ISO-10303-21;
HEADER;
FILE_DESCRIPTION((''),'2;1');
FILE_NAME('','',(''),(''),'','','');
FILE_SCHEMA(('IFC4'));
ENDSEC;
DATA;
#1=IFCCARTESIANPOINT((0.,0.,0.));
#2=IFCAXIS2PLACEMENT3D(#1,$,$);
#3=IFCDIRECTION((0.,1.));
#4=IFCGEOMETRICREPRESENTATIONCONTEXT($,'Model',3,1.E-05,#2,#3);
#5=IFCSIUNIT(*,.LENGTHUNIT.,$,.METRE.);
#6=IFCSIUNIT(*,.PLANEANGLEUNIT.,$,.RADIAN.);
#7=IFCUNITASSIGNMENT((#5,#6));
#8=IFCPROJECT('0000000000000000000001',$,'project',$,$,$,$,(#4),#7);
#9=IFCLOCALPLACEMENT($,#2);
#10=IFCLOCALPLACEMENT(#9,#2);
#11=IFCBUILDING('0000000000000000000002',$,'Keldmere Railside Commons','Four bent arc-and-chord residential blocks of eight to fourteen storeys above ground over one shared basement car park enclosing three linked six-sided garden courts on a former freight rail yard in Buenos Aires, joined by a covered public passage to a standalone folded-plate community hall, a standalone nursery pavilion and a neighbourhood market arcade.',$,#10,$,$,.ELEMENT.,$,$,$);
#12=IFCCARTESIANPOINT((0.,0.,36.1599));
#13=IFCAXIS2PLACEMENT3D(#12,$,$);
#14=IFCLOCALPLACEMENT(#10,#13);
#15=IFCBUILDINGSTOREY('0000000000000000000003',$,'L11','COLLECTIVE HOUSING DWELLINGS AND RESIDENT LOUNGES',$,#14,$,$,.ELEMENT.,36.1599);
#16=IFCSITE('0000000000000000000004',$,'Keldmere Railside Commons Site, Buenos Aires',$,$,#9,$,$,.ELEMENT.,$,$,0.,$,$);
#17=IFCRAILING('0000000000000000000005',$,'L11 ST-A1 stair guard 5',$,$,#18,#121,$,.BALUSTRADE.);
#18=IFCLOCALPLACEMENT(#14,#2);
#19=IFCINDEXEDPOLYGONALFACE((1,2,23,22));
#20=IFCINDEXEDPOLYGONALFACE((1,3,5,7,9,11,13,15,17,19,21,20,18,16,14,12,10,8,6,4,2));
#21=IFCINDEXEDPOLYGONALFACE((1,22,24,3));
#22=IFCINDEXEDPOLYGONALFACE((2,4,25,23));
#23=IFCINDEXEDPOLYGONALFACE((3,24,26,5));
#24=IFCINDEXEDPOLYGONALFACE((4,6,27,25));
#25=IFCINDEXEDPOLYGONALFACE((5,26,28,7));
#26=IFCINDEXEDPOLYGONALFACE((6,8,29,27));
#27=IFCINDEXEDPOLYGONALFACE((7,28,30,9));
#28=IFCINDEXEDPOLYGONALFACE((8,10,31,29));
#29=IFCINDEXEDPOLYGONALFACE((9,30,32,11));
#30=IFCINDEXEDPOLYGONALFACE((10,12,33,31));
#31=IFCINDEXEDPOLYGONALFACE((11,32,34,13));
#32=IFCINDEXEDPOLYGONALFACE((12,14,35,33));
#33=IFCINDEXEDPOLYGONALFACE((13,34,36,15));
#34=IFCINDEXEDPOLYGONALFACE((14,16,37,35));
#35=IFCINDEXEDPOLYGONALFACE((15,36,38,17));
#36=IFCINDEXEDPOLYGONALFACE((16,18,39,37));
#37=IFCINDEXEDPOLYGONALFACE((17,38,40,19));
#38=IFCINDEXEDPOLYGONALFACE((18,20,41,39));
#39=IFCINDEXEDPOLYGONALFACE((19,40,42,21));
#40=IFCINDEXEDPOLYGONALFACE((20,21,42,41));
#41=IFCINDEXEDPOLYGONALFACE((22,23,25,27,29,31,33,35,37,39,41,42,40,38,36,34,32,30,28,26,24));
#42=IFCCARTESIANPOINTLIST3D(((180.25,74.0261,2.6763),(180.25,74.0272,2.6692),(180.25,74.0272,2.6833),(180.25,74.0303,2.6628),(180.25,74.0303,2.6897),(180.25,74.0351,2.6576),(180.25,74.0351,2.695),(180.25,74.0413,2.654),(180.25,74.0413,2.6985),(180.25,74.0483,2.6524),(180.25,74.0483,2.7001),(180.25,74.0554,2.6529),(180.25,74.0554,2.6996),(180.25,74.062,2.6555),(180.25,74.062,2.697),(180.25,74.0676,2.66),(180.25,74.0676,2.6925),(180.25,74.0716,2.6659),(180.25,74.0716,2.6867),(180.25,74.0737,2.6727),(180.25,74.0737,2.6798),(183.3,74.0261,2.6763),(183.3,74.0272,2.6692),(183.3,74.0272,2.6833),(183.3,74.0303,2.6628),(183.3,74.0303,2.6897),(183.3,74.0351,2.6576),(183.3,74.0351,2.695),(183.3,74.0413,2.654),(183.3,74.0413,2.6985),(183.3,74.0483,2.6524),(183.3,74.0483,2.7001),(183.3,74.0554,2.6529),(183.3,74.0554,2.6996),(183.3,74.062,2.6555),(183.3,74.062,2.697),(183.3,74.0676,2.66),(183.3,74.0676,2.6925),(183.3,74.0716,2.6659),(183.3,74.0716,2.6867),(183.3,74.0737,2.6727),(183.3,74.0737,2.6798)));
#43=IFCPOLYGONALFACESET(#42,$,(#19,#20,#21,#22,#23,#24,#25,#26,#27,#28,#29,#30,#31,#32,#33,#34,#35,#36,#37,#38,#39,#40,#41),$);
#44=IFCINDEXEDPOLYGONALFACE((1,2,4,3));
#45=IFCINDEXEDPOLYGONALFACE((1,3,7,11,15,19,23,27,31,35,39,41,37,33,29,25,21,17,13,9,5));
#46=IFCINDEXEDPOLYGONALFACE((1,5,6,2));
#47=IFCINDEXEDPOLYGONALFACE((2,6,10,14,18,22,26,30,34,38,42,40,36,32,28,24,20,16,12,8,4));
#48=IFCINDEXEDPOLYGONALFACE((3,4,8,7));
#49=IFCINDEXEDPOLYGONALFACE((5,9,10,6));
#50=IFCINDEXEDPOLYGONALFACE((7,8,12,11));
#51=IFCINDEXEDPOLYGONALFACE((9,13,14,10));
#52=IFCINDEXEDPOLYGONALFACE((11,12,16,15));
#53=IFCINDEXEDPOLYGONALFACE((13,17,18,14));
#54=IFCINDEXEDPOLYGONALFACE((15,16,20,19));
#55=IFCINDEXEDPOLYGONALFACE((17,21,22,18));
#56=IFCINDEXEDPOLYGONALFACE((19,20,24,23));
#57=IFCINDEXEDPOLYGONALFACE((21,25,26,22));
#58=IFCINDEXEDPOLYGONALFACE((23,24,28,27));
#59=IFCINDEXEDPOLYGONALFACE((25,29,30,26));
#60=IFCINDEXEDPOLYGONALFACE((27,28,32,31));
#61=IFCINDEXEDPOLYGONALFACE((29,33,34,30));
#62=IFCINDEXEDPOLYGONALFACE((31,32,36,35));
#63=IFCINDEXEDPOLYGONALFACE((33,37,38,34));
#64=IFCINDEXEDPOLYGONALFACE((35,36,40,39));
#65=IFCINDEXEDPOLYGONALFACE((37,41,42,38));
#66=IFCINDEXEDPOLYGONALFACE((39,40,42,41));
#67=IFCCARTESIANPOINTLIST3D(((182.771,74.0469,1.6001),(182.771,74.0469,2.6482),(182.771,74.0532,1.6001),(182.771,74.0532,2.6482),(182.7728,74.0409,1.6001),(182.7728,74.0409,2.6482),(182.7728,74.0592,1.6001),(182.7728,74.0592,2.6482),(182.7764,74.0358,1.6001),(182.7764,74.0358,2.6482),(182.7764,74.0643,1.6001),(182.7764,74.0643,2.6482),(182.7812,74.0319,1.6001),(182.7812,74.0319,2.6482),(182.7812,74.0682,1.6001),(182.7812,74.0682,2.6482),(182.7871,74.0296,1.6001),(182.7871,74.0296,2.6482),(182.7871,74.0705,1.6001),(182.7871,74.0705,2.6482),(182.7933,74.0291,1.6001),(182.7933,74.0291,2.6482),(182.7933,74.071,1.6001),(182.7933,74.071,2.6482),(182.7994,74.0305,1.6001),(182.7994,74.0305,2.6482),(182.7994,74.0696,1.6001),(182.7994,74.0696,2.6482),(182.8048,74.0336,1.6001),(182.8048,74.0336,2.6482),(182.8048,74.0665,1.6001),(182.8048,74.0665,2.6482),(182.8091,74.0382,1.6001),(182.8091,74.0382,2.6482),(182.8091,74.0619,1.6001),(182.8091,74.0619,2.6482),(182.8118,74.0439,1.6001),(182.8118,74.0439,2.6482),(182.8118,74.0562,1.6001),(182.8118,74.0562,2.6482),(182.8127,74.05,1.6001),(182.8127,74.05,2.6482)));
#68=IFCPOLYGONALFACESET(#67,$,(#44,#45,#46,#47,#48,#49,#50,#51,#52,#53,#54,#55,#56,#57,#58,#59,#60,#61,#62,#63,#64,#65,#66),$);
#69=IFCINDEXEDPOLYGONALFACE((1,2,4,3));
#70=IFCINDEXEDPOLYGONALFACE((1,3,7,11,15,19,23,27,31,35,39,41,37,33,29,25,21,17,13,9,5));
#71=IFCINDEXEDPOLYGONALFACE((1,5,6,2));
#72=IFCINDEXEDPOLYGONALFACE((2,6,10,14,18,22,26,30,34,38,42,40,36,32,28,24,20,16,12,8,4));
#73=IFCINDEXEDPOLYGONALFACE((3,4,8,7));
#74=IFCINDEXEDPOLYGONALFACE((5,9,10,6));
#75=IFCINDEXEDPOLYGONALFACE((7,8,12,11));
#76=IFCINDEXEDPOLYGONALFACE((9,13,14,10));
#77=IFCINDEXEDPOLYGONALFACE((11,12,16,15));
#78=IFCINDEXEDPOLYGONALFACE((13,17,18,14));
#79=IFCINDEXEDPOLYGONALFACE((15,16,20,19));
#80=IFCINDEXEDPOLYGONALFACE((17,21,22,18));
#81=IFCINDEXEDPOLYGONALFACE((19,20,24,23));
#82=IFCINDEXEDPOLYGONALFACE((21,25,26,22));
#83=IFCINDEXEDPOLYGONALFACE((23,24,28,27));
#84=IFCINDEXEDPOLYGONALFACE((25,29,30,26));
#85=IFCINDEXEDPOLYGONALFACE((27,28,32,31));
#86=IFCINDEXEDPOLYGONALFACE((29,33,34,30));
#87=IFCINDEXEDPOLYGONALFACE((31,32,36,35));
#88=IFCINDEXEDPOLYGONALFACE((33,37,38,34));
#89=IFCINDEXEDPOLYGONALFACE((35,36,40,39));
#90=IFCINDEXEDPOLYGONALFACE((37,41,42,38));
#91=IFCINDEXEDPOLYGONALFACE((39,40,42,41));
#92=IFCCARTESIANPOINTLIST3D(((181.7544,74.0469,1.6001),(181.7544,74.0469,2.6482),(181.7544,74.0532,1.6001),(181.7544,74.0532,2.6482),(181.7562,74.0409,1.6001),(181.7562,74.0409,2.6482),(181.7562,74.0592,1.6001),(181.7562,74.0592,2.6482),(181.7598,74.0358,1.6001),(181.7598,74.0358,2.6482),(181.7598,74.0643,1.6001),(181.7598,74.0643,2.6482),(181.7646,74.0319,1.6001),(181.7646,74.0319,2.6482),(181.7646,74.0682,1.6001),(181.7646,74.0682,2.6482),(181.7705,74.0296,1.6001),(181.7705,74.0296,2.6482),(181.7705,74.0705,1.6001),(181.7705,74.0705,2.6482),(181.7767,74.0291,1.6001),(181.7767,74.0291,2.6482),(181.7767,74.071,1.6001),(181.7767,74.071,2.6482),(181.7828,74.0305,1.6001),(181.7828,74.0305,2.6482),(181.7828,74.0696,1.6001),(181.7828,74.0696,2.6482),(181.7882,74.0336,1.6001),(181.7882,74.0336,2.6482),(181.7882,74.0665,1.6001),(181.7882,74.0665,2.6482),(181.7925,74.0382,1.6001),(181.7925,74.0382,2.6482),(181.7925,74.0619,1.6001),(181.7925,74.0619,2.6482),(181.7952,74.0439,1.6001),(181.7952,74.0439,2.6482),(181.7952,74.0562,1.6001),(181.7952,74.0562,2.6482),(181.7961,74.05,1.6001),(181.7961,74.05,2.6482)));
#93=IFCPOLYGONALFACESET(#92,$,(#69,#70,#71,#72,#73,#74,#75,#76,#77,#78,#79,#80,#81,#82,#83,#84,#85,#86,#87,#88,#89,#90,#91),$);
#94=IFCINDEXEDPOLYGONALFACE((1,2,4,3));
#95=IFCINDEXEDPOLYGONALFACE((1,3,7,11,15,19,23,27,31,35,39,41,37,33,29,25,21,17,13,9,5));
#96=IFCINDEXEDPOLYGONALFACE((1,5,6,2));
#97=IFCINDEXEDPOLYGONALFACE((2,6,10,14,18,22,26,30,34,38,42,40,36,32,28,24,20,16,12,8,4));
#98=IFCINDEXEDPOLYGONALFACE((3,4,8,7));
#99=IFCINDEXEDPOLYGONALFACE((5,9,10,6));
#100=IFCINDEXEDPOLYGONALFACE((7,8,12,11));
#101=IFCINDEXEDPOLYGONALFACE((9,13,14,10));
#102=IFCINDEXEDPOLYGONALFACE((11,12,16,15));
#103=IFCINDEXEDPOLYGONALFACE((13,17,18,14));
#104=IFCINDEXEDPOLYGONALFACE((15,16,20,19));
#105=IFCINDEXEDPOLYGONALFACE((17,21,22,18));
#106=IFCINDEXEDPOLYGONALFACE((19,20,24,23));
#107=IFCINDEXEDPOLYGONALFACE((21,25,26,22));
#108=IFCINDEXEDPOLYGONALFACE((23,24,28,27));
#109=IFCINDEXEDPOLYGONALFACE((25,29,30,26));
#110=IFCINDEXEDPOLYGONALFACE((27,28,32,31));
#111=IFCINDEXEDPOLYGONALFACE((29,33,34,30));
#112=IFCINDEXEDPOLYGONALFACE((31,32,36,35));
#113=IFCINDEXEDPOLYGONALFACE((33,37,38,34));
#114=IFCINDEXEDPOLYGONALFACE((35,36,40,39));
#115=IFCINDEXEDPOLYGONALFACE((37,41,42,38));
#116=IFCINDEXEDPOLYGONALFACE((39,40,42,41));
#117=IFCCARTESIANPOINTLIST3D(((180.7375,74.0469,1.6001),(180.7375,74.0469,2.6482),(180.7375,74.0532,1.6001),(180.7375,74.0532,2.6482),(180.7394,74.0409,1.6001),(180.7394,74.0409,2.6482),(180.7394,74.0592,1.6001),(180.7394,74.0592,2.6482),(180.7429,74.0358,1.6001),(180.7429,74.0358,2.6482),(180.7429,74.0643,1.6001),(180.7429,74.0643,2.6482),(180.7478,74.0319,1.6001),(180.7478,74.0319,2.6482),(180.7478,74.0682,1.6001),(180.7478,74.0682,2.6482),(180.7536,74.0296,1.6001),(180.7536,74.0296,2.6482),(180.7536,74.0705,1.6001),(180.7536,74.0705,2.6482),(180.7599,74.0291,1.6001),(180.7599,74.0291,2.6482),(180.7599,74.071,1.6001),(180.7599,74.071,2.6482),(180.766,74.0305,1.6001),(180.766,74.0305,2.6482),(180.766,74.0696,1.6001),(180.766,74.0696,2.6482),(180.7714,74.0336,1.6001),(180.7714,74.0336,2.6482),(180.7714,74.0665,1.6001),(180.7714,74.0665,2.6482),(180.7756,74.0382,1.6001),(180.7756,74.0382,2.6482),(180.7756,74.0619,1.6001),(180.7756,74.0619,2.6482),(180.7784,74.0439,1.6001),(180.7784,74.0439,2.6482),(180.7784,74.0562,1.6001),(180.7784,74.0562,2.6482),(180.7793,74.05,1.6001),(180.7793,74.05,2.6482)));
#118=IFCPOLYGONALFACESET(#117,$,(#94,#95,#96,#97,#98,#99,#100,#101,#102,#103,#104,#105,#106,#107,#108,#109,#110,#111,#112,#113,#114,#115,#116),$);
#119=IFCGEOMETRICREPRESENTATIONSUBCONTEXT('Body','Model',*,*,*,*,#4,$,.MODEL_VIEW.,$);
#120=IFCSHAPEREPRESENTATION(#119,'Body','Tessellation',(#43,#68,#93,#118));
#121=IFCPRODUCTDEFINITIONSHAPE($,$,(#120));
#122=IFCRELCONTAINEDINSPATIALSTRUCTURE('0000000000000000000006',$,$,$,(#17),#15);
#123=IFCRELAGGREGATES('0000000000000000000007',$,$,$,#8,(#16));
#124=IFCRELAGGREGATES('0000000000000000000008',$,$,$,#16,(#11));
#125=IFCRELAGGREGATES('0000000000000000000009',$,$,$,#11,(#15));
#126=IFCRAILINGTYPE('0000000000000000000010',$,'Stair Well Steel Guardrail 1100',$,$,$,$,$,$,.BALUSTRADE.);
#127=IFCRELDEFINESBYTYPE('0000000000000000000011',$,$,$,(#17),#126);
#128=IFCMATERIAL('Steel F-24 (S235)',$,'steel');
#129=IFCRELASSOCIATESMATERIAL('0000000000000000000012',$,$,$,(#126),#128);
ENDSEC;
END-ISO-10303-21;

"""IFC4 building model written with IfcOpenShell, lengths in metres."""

from ifc_helpers import new_model, si_unit, direction, frame, origin, origin_2d, place, context, subcontext, project, spatial, circle, extrude, material, type_object, element, save


model = new_model("IFC4")

# Units and contexts
model_context = context("Model", 3, precision=1e-05, world=origin(), true_north=direction((0.0, 1.0)))
body_context = subcontext(model_context, "Body", "Model", "MODEL_VIEW")
ifc_project = project(units=[si_unit("LENGTHUNIT", "METRE"), si_unit("PLANEANGLEUNIT", "RADIAN")], contexts=[model_context])

# Site, building, storey
site_placement = place(None, origin())
site = spatial("IfcSite", under=ifc_project, at=site_placement, Name="Keldmere Railside Commons Site, Buenos Aires", CompositionType="ELEMENT", RefElevation=0.0)
building_placement = place(site_placement, origin())
building = spatial("IfcBuilding", under=site, at=building_placement, Name="Keldmere Railside Commons", Description="Four bent arc-and-chord residential blocks of eight to fourteen storeys above ground over one shared basement car park enclosing three linked six-sided garden courts on a former freight rail yard in Buenos Aires, joined by a covered public passage to a standalone folded-plate community hall, a standalone nursery pavilion and a neighbourhood market arcade.", CompositionType="ELEMENT")
storey_placement = place(building_placement, frame((0.0, 0.0, 36.1599)))
storey = spatial("IfcBuildingStorey", under=building, at=storey_placement, Name="L11", Description="COLLECTIVE HOUSING DWELLINGS AND RESIDENT LOUNGES", CompositionType="ELEMENT", Elevation=36.1599)

# Shared definitions
ifc_material_1 = material(Name="Steel F-24 (S235)", Category="steel")

# Railing
railing_type_1 = type_object("IfcRailingType", Name="Stair Well Steel Guardrail 1100", PredefinedType="BALUSTRADE", material=ifc_material_1)
railing_1_placement = place(storey_placement, frame((183.3, 74.05, 1.6001)))
element("IfcRailing", 1, at=railing_1_placement, inside=storey, type_object=railing_type_1, Name="L11 ST-A1 stair guard 5", PredefinedType="BALUSTRADE", context=body_context, shape_type="SweptSolid", body=[
    extrude(circle(Radius=0.0239, at=origin_2d()), frame((0.0, 0.0, 1.0762), z_axis=(-1.0, 0.0, 0.0), x_axis=(0.0, -1.0, 0.0)), (0.0, 0.0, 1.0), 3.05),
    extrude(circle(Radius=0.021, at=origin_2d()), frame((-0.5083, 0.0, 0.0)), (0.0, 0.0, 1.0), 1.0481),
    extrude(circle(Radius=0.021, at=origin_2d()), frame((-1.5249, 0.0, 0.0)), (0.0, 0.0, 1.0), 1.0481),
    extrude(circle(Radius=0.021, at=origin_2d()), frame((-2.5417, 0.0, 0.0)), (0.0, 0.0, 1.0), 1.0481),
])

save(model, "model.ifc")
